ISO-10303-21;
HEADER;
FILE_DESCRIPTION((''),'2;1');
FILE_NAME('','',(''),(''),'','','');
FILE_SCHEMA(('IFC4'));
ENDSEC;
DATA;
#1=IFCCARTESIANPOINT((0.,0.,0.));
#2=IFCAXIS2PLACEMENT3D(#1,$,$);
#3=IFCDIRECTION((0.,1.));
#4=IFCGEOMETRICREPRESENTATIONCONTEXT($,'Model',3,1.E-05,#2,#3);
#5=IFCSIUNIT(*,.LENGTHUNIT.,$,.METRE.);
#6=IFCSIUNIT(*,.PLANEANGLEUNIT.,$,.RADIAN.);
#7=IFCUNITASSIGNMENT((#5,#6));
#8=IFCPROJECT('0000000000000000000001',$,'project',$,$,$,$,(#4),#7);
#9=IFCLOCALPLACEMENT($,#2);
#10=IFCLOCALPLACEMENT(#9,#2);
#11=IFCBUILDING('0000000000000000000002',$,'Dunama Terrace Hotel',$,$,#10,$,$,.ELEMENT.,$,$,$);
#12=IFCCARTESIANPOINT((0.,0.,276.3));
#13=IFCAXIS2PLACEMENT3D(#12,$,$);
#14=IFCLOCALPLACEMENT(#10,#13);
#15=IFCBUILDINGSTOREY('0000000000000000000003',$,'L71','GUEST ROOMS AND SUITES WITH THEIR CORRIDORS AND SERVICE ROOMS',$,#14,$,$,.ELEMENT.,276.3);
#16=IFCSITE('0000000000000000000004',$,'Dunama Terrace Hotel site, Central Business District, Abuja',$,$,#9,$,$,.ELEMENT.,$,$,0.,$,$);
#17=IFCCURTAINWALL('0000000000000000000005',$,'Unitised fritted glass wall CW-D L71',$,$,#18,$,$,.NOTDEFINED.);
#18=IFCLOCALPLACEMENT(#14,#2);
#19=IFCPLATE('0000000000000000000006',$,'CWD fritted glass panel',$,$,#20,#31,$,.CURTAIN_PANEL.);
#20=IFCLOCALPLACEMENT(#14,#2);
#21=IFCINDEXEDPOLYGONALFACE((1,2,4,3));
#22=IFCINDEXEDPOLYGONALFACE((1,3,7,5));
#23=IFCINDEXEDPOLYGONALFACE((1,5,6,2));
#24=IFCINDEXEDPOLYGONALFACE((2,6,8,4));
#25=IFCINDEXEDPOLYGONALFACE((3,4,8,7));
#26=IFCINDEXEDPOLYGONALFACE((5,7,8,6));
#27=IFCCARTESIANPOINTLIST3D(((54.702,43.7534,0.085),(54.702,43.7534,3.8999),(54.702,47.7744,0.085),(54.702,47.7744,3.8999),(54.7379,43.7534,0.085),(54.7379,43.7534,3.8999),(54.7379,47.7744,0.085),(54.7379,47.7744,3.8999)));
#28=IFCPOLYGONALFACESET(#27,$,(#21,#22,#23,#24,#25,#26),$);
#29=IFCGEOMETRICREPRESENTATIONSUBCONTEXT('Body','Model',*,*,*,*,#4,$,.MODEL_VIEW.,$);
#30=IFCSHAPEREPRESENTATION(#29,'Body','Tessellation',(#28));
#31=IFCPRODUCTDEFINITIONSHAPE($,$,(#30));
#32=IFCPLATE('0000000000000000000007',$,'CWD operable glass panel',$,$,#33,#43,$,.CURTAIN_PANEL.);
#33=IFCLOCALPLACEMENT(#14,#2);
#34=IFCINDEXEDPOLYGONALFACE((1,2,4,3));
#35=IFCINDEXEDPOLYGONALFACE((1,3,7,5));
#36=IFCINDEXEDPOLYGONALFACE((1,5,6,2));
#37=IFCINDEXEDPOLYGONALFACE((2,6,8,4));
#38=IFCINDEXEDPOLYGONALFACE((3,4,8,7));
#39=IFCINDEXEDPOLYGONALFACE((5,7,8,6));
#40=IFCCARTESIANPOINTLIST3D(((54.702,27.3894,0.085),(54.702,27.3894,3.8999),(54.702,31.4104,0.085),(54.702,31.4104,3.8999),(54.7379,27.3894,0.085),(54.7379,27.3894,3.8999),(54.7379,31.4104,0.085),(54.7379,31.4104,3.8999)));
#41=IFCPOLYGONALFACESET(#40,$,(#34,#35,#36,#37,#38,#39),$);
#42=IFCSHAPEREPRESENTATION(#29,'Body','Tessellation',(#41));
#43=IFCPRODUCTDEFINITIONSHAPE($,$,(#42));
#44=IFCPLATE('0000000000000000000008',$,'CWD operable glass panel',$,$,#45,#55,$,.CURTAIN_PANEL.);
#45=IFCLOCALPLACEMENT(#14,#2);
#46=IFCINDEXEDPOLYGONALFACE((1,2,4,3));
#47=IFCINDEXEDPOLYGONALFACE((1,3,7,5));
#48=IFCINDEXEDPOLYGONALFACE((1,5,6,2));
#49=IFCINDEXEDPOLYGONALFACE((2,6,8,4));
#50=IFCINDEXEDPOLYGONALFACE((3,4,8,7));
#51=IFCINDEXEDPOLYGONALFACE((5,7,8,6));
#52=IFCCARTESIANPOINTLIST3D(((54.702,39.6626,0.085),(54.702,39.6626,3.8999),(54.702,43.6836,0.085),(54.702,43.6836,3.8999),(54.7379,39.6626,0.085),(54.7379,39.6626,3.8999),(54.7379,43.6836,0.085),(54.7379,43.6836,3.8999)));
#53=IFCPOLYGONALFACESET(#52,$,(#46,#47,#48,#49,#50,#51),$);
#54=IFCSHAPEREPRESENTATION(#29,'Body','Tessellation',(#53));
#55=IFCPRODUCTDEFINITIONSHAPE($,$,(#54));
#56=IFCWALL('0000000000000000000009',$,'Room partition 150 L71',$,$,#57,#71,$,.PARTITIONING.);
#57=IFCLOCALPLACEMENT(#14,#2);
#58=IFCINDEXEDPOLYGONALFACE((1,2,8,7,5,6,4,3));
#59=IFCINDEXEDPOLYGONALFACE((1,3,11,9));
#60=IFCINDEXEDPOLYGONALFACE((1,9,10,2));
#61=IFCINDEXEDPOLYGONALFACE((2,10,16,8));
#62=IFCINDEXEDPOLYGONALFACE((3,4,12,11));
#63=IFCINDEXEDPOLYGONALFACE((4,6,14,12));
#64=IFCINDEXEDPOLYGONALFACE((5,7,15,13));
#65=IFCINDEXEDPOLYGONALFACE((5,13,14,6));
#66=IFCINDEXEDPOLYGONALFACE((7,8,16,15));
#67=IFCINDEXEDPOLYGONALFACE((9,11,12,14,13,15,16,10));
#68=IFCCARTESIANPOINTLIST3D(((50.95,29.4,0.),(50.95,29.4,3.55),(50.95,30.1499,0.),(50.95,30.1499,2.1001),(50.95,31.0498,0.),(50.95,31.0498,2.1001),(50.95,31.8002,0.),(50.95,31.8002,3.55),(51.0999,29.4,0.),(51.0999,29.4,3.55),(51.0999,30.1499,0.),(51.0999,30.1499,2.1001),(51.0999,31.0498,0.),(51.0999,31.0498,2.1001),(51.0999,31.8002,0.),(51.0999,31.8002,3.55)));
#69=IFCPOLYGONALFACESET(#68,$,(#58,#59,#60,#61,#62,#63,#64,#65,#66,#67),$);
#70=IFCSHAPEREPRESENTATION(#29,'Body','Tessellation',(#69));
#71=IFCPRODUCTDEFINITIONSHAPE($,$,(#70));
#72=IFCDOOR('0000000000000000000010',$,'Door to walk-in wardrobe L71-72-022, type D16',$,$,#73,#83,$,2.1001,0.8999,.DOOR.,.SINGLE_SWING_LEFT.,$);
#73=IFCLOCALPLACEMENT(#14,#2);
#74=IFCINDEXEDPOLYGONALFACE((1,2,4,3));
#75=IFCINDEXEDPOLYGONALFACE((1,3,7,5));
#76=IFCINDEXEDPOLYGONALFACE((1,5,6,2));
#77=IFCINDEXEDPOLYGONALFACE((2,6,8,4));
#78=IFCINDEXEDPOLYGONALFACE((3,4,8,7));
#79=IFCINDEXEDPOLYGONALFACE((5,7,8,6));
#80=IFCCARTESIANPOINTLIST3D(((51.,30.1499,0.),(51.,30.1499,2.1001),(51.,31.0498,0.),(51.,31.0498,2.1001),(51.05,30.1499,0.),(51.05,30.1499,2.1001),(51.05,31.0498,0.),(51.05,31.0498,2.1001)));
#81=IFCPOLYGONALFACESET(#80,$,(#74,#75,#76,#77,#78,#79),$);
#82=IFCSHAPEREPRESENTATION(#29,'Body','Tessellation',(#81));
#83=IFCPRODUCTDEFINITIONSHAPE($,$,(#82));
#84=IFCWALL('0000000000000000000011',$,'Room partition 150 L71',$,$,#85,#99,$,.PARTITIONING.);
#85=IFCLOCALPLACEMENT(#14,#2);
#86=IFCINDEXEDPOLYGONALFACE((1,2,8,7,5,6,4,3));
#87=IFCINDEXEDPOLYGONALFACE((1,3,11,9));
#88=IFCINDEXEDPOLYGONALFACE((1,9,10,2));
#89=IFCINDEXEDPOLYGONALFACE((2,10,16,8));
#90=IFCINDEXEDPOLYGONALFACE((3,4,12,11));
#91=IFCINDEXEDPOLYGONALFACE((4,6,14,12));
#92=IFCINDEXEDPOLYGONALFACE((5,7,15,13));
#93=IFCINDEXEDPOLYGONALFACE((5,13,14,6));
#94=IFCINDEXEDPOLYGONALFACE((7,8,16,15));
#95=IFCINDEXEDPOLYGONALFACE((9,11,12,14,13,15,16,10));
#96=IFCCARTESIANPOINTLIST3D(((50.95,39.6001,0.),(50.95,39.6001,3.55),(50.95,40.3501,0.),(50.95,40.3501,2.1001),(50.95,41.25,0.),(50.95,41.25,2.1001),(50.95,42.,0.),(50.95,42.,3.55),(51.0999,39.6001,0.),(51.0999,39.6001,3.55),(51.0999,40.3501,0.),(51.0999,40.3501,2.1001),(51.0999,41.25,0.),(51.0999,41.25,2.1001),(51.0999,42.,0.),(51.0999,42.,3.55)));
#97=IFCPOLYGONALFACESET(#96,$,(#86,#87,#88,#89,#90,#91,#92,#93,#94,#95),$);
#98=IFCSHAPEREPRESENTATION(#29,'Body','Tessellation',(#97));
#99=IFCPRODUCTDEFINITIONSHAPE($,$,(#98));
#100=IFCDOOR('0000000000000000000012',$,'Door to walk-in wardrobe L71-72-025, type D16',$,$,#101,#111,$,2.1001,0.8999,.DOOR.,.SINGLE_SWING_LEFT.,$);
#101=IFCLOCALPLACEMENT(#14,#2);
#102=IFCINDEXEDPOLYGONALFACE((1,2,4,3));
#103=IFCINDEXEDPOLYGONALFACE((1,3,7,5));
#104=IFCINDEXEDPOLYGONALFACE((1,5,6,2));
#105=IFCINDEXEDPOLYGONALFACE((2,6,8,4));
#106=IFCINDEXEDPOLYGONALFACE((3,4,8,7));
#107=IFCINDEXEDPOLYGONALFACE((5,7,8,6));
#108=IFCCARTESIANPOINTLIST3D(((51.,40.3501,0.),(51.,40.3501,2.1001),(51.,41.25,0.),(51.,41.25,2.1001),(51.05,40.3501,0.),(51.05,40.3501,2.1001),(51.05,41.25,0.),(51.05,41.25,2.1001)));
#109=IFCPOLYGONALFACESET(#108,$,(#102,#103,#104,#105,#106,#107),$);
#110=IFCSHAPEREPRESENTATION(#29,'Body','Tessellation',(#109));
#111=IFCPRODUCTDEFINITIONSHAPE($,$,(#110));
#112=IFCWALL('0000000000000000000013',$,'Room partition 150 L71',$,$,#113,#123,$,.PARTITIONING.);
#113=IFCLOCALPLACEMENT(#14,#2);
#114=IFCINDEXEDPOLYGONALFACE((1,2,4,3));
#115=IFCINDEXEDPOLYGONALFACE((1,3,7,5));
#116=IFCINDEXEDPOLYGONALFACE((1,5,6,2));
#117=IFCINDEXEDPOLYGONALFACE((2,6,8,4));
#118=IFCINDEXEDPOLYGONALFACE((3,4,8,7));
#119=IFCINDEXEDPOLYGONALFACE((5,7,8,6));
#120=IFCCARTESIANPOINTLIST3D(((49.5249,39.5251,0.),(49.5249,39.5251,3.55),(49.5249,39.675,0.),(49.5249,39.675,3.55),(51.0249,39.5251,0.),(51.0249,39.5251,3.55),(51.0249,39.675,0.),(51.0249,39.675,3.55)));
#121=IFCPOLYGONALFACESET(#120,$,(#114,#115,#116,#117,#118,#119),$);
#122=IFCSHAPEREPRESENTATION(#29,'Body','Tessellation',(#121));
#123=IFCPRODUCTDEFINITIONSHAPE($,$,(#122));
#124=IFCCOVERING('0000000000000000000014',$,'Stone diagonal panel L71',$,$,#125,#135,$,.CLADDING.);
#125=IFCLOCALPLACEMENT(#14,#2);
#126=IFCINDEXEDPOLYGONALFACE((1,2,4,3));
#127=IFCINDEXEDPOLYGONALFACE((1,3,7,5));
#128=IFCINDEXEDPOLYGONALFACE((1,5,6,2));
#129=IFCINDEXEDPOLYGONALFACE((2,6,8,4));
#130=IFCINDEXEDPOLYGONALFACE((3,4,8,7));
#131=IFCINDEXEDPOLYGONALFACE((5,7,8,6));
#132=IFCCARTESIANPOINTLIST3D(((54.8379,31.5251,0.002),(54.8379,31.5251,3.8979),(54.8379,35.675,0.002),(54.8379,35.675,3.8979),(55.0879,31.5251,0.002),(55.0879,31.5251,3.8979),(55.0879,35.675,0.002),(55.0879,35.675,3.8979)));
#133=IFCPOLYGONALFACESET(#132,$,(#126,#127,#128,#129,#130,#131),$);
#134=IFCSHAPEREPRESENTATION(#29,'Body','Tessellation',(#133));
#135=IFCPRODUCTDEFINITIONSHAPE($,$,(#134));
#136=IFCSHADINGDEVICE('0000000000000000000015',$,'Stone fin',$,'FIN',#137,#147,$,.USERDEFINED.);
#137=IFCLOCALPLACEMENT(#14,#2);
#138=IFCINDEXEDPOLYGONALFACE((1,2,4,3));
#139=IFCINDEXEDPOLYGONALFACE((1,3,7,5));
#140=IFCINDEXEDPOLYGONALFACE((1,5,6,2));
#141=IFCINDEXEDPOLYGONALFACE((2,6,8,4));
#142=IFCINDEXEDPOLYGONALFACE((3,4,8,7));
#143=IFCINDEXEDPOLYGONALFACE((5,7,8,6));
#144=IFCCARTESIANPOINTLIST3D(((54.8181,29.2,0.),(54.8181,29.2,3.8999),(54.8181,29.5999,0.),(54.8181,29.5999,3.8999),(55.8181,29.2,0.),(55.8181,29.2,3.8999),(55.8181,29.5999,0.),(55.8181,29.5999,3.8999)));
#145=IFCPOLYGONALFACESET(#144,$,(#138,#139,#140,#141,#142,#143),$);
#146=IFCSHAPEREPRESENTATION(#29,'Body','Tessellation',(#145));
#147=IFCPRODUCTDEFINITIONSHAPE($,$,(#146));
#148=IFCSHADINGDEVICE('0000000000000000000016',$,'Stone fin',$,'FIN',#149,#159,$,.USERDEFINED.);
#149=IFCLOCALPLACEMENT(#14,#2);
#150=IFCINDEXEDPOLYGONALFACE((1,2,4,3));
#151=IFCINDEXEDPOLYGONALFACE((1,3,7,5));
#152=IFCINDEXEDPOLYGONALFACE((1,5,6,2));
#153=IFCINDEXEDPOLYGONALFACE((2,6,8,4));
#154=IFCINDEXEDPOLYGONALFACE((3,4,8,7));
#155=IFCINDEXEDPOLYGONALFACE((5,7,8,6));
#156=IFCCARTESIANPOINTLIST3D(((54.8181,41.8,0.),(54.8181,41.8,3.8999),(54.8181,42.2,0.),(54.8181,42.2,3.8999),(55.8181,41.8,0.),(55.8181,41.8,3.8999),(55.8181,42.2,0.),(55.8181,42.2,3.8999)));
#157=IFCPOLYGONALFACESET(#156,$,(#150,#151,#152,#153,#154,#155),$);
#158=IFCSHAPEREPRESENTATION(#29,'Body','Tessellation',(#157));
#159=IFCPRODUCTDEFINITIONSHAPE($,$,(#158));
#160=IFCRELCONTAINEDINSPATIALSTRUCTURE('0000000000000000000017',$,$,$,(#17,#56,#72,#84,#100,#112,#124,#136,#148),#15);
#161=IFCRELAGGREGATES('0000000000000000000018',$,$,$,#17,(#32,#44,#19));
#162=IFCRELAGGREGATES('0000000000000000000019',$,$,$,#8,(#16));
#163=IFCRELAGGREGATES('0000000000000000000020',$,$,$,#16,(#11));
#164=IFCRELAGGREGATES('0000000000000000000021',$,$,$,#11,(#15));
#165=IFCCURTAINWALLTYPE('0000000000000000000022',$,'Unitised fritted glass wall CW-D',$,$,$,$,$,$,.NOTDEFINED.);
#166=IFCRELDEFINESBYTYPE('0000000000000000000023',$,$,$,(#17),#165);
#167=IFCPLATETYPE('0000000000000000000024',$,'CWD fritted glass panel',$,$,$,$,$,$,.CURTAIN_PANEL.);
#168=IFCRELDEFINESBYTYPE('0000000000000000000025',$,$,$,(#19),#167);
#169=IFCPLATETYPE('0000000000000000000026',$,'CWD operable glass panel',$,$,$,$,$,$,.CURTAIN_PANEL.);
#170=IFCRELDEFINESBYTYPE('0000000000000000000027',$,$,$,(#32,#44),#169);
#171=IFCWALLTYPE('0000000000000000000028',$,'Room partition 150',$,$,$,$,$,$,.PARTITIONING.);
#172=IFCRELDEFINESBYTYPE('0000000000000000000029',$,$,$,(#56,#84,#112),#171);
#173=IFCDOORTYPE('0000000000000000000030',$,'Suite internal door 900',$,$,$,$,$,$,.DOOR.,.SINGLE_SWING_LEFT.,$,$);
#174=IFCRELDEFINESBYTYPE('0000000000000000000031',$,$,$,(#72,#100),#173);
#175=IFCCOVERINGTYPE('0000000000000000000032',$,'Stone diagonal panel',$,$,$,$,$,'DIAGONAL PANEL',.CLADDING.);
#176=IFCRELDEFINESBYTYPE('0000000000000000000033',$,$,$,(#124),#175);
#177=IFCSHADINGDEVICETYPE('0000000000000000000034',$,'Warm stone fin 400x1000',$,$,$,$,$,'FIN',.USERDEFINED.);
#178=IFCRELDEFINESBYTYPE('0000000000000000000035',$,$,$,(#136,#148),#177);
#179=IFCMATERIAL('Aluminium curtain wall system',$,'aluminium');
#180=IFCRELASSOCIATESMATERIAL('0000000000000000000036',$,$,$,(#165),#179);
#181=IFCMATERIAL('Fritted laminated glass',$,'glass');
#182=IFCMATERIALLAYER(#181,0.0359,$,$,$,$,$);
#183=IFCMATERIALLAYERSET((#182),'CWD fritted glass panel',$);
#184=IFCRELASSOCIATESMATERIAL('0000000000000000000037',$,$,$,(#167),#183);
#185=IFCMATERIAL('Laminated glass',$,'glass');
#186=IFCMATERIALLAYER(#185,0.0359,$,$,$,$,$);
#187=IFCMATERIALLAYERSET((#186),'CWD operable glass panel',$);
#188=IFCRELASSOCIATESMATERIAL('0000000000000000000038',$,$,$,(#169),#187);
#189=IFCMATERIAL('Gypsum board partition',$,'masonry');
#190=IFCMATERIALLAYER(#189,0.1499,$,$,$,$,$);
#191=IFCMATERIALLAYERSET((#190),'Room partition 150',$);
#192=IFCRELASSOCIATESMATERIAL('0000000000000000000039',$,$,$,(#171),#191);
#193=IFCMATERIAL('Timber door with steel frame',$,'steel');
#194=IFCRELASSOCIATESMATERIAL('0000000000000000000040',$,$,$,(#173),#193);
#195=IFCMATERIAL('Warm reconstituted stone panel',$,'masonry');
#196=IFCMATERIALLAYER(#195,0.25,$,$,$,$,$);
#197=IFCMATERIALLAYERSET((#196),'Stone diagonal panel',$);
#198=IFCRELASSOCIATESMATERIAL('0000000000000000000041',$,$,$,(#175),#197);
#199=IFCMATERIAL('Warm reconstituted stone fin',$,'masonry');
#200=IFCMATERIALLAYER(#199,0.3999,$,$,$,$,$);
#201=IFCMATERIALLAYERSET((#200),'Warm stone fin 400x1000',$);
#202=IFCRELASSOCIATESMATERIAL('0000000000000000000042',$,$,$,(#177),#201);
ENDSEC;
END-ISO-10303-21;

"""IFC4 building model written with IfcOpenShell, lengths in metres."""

from ifc_helpers import new_model, si_unit, direction, frame, frame_2d, origin, origin_2d, place, context, subcontext, project, spatial, rectangle, extrude, material, layer, layer_set, type_object, element, fill, aggregate, save


model = new_model("IFC4")

# Units and contexts
model_context = context("Model", 3, precision=1e-05, world=origin(), true_north=direction((0.0, 1.0)))
body_context = subcontext(model_context, "Body", "Model", "MODEL_VIEW")
ifc_project = project(units=[si_unit("LENGTHUNIT", "METRE"), si_unit("PLANEANGLEUNIT", "RADIAN")], contexts=[model_context])

# Site, building, storey
site_placement = place(None, origin())
site = spatial("IfcSite", under=ifc_project, at=site_placement, Name="Dunama Terrace Hotel site, Central Business District, Abuja", CompositionType="ELEMENT", RefElevation=0.0)
building_placement = place(site_placement, origin())
building = spatial("IfcBuilding", under=site, at=building_placement, Name="Dunama Terrace Hotel", CompositionType="ELEMENT")
storey_placement = place(building_placement, frame((0.0, 0.0, 276.3)))
storey = spatial("IfcBuildingStorey", under=building, at=storey_placement, Name="L71", Description="GUEST ROOMS AND SUITES WITH THEIR CORRIDORS AND SERVICE ROOMS", CompositionType="ELEMENT", Elevation=276.3)

# Curtain wall
ifc_material_1 = material(Name="Aluminium curtain wall system", Category="aluminium")
curtain_wall_type = type_object("IfcCurtainWallType", Name="Unitised fritted glass wall CW-D", PredefinedType="NOTDEFINED", material=ifc_material_1)
curtain_wall_placement = place(storey_placement, origin())
curtain_wall = element("IfcCurtainWall", 1, at=curtain_wall_placement, inside=storey, type_object=curtain_wall_type, Name="Unitised fritted glass wall CW-D L71", PredefinedType="NOTDEFINED")

# Plates
ifc_material_2 = material(Name="Fritted laminated glass", Category="glass")
ifc_layer_1 = layer(ifc_material_2, 0.0359)
ifc_layer_set_1 = layer_set([ifc_layer_1], Name="CWD fritted glass panel")
plate_type_1 = type_object("IfcPlateType", Name="CWD fritted glass panel", PredefinedType="CURTAIN_PANEL", material=ifc_layer_set_1)
plate_1_placement = place(storey_placement, frame((54.72, 45.7639, 0.085), z_axis=(0.0, 0.0, 1.0), x_axis=(0.0, 1.0, 0.0)))
plate_1 = element("IfcPlate", 2, at=plate_1_placement, type_object=plate_type_1, Name="CWD fritted glass panel", PredefinedType="CURTAIN_PANEL", context=body_context, shape_type="SweptSolid", body=[
    extrude(rectangle(XDim=4.021, YDim=0.0359, at=origin_2d()), origin(), (0.0, 0.0, 1.0), 3.8149),
])
ifc_material_3 = material(Name="Laminated glass", Category="glass")
ifc_layer_2 = layer(ifc_material_3, 0.0359)
ifc_layer_set_2 = layer_set([ifc_layer_2], Name="CWD operable glass panel")
plate_type_2 = type_object("IfcPlateType", Name="CWD operable glass panel", PredefinedType="CURTAIN_PANEL", material=ifc_layer_set_2)
plate_2_placement = place(storey_placement, frame((54.72, 29.3999, 0.085), z_axis=(0.0, 0.0, 1.0), x_axis=(0.0, 1.0, 0.0)))
plate_2 = element("IfcPlate", 3, at=plate_2_placement, type_object=plate_type_2, Name="CWD operable glass panel", PredefinedType="CURTAIN_PANEL", context=body_context, shape_type="SweptSolid", body=[
    extrude(rectangle(XDim=4.021, YDim=0.0359, at=origin_2d()), origin(), (0.0, 0.0, 1.0), 3.8149),
])
plate_3_placement = place(storey_placement, frame((54.72, 41.6731, 0.085), z_axis=(0.0, 0.0, 1.0), x_axis=(0.0, 1.0, 0.0)))
plate_3 = element("IfcPlate", 4, at=plate_3_placement, type_object=plate_type_2, Name="CWD operable glass panel", PredefinedType="CURTAIN_PANEL", context=body_context, shape_type="SweptSolid", body=[
    extrude(rectangle(XDim=4.021, YDim=0.0359, at=origin_2d()), origin(), (0.0, 0.0, 1.0), 3.8149),
])
aggregate(curtain_wall, [plate_2, plate_3, plate_1])

# Walls, openings, doors
ifc_material_4 = material(Name="Gypsum board partition", Category="masonry")
ifc_layer_3 = layer(ifc_material_4, 0.1499)
ifc_layer_set_3 = layer_set([ifc_layer_3], Name="Room partition 150")
wall_type = type_object("IfcWallType", Name="Room partition 150", PredefinedType="PARTITIONING", material=ifc_layer_set_3)
wall_1_placement = place(storey_placement, frame((51.0249, 29.3999, 0.0), z_axis=(0.0, 0.0, 1.0), x_axis=(0.0, 1.0, 0.0)))
wall_1 = element("IfcWall", 5, at=wall_1_placement, inside=storey, type_object=wall_type, Name="Room partition 150 L71", PredefinedType="PARTITIONING", context=body_context, shape_type="SweptSolid", body=[
    extrude(rectangle(XDim=2.4001, YDim=0.1499, at=frame_2d((1.2002, 0.0))), origin(), (0.0, 0.0, 1.0), 3.55),
])
opening_1_placement = place(wall_1_placement, frame((0.75, 0.0, 0.0)))
opening_1 = element("IfcOpeningElement", 6, at=opening_1_placement, cuts=wall_1, PredefinedType="OPENING", context=body_context, shape_type="SweptSolid", body=[
    extrude(rectangle(XDim=0.8999, YDim=2.1001, at=frame_2d((0.45, 1.05))), frame((0.0, 0.085, 0.0), z_axis=(0.0, -1.0, 0.0), x_axis=(1.0, 0.0, 0.0)), (0.0, 0.0, 1.0), 0.1699),
])
ifc_material_5 = material(Name="Timber door with steel frame", Category="steel")
door_type = type_object("IfcDoorType", Name="Suite internal door 900", OperationType="SINGLE_SWING_LEFT", PredefinedType="DOOR", material=ifc_material_5)
door_1_placement = place(opening_1_placement, origin())
door_1 = element("IfcDoor", 7, at=door_1_placement, inside=storey, type_object=door_type, Name="Door to walk-in wardrobe L71-72-022, type D16", OperationType="SINGLE_SWING_LEFT", OverallHeight=2.1001, OverallWidth=0.8999, PredefinedType="DOOR", context=body_context, shape_type="SweptSolid", body=[
    extrude(rectangle(XDim=0.8999, YDim=2.1001, at=frame_2d((0.45, 1.05))), frame((0.0, 0.0249, 0.0), z_axis=(0.0, -1.0, 0.0), x_axis=(1.0, 0.0, 0.0)), (0.0, 0.0, 1.0), 0.05),
])
fill(opening_1, door_1)
wall_2_placement = place(storey_placement, frame((51.0249, 39.6001, 0.0), z_axis=(0.0, 0.0, 1.0), x_axis=(0.0, 1.0, 0.0)))
wall_2 = element("IfcWall", 8, at=wall_2_placement, inside=storey, type_object=wall_type, Name="Room partition 150 L71", PredefinedType="PARTITIONING", context=body_context, shape_type="SweptSolid", body=[
    extrude(rectangle(XDim=2.3999, YDim=0.1499, at=frame_2d((1.2, 0.0))), origin(), (0.0, 0.0, 1.0), 3.55),
])
opening_2_placement = place(wall_2_placement, frame((0.75, 0.0, 0.0)))
opening_2 = element("IfcOpeningElement", 9, at=opening_2_placement, cuts=wall_2, PredefinedType="OPENING", context=body_context, shape_type="SweptSolid", body=[
    extrude(rectangle(XDim=0.8999, YDim=2.1001, at=frame_2d((0.45, 1.05))), frame((0.0, 0.085, 0.0), z_axis=(0.0, -1.0, 0.0), x_axis=(1.0, 0.0, 0.0)), (0.0, 0.0, 1.0), 0.1699),
])
door_2_placement = place(opening_2_placement, origin())
door_2 = element("IfcDoor", 10, at=door_2_placement, inside=storey, type_object=door_type, Name="Door to walk-in wardrobe L71-72-025, type D16", OperationType="SINGLE_SWING_LEFT", OverallHeight=2.1001, OverallWidth=0.8999, PredefinedType="DOOR", context=body_context, shape_type="SweptSolid", body=[
    extrude(rectangle(XDim=0.8999, YDim=2.1001, at=frame_2d((0.45, 1.05))), frame((0.0, 0.0249, 0.0), z_axis=(0.0, -1.0, 0.0), x_axis=(1.0, 0.0, 0.0)), (0.0, 0.0, 1.0), 0.05),
])
fill(opening_2, door_2)

# Wall
wall_3_placement = place(storey_placement, frame((49.5249, 39.6001, 0.0), z_axis=(0.0, 0.0, 1.0), x_axis=(1.0, 0.0, 0.0)))
element("IfcWall", 11, at=wall_3_placement, inside=storey, type_object=wall_type, Name="Room partition 150 L71", PredefinedType="PARTITIONING", context=body_context, shape_type="SweptSolid", body=[
    extrude(rectangle(XDim=1.5, YDim=0.1499, at=frame_2d((0.75, 0.0))), origin(), (0.0, 0.0, 1.0), 3.55),
])

# Covering
ifc_material_6 = material(Name="Warm reconstituted stone panel", Category="masonry")
ifc_layer_4 = layer(ifc_material_6, 0.25)
ifc_layer_set_4 = layer_set([ifc_layer_4], Name="Stone diagonal panel")
covering_type = type_object("IfcCoveringType", Name="Stone diagonal panel", ElementType="DIAGONAL PANEL", PredefinedType="CLADDING", material=ifc_layer_set_4)
covering_placement = place(storey_placement, frame((54.9629, 33.6001, 0.002), z_axis=(0.0, 0.0, 1.0), x_axis=(0.0, 1.0, 0.0)))
element("IfcCovering", 12, at=covering_placement, inside=storey, type_object=covering_type, Name="Stone diagonal panel L71", PredefinedType="CLADDING", context=body_context, shape_type="SweptSolid", body=[
    extrude(rectangle(XDim=4.1499, YDim=0.25, at=origin_2d()), origin(), (0.0, 0.0, 1.0), 3.896),
])

# Shading devices
ifc_material_7 = material(Name="Warm reconstituted stone fin", Category="masonry")
ifc_layer_5 = layer(ifc_material_7, 0.3999)
ifc_layer_set_5 = layer_set([ifc_layer_5], Name="Warm stone fin 400x1000")
shading_device_type = type_object("IfcShadingDeviceType", Name="Warm stone fin 400x1000", ElementType="FIN", PredefinedType="USERDEFINED", material=ifc_layer_set_5)
for number, where, z_axis, x_axis, name in (
    (13, (55.3181, 29.3999, 0.0), (0.0, 0.0, 1.0), (0.0, 1.0, 0.0), "Stone fin"),
    (14, (55.3181, 42.0, 0.0), (0.0, 0.0, 1.0), (0.0, 1.0, 0.0), "Stone fin"),
):
    element("IfcShadingDevice", number, at=place(storey_placement, frame(where, z_axis=z_axis, x_axis=x_axis)), inside=storey, type_object=shading_device_type, Name=name, ObjectType="FIN", PredefinedType="USERDEFINED", context=body_context, shape_type="SweptSolid", body=[
        extrude(rectangle(XDim=0.3999, YDim=1.0, at=origin_2d()), origin(), (0.0, 0.0, 1.0), 3.8999),
    ])

save(model, "model.ifc")
